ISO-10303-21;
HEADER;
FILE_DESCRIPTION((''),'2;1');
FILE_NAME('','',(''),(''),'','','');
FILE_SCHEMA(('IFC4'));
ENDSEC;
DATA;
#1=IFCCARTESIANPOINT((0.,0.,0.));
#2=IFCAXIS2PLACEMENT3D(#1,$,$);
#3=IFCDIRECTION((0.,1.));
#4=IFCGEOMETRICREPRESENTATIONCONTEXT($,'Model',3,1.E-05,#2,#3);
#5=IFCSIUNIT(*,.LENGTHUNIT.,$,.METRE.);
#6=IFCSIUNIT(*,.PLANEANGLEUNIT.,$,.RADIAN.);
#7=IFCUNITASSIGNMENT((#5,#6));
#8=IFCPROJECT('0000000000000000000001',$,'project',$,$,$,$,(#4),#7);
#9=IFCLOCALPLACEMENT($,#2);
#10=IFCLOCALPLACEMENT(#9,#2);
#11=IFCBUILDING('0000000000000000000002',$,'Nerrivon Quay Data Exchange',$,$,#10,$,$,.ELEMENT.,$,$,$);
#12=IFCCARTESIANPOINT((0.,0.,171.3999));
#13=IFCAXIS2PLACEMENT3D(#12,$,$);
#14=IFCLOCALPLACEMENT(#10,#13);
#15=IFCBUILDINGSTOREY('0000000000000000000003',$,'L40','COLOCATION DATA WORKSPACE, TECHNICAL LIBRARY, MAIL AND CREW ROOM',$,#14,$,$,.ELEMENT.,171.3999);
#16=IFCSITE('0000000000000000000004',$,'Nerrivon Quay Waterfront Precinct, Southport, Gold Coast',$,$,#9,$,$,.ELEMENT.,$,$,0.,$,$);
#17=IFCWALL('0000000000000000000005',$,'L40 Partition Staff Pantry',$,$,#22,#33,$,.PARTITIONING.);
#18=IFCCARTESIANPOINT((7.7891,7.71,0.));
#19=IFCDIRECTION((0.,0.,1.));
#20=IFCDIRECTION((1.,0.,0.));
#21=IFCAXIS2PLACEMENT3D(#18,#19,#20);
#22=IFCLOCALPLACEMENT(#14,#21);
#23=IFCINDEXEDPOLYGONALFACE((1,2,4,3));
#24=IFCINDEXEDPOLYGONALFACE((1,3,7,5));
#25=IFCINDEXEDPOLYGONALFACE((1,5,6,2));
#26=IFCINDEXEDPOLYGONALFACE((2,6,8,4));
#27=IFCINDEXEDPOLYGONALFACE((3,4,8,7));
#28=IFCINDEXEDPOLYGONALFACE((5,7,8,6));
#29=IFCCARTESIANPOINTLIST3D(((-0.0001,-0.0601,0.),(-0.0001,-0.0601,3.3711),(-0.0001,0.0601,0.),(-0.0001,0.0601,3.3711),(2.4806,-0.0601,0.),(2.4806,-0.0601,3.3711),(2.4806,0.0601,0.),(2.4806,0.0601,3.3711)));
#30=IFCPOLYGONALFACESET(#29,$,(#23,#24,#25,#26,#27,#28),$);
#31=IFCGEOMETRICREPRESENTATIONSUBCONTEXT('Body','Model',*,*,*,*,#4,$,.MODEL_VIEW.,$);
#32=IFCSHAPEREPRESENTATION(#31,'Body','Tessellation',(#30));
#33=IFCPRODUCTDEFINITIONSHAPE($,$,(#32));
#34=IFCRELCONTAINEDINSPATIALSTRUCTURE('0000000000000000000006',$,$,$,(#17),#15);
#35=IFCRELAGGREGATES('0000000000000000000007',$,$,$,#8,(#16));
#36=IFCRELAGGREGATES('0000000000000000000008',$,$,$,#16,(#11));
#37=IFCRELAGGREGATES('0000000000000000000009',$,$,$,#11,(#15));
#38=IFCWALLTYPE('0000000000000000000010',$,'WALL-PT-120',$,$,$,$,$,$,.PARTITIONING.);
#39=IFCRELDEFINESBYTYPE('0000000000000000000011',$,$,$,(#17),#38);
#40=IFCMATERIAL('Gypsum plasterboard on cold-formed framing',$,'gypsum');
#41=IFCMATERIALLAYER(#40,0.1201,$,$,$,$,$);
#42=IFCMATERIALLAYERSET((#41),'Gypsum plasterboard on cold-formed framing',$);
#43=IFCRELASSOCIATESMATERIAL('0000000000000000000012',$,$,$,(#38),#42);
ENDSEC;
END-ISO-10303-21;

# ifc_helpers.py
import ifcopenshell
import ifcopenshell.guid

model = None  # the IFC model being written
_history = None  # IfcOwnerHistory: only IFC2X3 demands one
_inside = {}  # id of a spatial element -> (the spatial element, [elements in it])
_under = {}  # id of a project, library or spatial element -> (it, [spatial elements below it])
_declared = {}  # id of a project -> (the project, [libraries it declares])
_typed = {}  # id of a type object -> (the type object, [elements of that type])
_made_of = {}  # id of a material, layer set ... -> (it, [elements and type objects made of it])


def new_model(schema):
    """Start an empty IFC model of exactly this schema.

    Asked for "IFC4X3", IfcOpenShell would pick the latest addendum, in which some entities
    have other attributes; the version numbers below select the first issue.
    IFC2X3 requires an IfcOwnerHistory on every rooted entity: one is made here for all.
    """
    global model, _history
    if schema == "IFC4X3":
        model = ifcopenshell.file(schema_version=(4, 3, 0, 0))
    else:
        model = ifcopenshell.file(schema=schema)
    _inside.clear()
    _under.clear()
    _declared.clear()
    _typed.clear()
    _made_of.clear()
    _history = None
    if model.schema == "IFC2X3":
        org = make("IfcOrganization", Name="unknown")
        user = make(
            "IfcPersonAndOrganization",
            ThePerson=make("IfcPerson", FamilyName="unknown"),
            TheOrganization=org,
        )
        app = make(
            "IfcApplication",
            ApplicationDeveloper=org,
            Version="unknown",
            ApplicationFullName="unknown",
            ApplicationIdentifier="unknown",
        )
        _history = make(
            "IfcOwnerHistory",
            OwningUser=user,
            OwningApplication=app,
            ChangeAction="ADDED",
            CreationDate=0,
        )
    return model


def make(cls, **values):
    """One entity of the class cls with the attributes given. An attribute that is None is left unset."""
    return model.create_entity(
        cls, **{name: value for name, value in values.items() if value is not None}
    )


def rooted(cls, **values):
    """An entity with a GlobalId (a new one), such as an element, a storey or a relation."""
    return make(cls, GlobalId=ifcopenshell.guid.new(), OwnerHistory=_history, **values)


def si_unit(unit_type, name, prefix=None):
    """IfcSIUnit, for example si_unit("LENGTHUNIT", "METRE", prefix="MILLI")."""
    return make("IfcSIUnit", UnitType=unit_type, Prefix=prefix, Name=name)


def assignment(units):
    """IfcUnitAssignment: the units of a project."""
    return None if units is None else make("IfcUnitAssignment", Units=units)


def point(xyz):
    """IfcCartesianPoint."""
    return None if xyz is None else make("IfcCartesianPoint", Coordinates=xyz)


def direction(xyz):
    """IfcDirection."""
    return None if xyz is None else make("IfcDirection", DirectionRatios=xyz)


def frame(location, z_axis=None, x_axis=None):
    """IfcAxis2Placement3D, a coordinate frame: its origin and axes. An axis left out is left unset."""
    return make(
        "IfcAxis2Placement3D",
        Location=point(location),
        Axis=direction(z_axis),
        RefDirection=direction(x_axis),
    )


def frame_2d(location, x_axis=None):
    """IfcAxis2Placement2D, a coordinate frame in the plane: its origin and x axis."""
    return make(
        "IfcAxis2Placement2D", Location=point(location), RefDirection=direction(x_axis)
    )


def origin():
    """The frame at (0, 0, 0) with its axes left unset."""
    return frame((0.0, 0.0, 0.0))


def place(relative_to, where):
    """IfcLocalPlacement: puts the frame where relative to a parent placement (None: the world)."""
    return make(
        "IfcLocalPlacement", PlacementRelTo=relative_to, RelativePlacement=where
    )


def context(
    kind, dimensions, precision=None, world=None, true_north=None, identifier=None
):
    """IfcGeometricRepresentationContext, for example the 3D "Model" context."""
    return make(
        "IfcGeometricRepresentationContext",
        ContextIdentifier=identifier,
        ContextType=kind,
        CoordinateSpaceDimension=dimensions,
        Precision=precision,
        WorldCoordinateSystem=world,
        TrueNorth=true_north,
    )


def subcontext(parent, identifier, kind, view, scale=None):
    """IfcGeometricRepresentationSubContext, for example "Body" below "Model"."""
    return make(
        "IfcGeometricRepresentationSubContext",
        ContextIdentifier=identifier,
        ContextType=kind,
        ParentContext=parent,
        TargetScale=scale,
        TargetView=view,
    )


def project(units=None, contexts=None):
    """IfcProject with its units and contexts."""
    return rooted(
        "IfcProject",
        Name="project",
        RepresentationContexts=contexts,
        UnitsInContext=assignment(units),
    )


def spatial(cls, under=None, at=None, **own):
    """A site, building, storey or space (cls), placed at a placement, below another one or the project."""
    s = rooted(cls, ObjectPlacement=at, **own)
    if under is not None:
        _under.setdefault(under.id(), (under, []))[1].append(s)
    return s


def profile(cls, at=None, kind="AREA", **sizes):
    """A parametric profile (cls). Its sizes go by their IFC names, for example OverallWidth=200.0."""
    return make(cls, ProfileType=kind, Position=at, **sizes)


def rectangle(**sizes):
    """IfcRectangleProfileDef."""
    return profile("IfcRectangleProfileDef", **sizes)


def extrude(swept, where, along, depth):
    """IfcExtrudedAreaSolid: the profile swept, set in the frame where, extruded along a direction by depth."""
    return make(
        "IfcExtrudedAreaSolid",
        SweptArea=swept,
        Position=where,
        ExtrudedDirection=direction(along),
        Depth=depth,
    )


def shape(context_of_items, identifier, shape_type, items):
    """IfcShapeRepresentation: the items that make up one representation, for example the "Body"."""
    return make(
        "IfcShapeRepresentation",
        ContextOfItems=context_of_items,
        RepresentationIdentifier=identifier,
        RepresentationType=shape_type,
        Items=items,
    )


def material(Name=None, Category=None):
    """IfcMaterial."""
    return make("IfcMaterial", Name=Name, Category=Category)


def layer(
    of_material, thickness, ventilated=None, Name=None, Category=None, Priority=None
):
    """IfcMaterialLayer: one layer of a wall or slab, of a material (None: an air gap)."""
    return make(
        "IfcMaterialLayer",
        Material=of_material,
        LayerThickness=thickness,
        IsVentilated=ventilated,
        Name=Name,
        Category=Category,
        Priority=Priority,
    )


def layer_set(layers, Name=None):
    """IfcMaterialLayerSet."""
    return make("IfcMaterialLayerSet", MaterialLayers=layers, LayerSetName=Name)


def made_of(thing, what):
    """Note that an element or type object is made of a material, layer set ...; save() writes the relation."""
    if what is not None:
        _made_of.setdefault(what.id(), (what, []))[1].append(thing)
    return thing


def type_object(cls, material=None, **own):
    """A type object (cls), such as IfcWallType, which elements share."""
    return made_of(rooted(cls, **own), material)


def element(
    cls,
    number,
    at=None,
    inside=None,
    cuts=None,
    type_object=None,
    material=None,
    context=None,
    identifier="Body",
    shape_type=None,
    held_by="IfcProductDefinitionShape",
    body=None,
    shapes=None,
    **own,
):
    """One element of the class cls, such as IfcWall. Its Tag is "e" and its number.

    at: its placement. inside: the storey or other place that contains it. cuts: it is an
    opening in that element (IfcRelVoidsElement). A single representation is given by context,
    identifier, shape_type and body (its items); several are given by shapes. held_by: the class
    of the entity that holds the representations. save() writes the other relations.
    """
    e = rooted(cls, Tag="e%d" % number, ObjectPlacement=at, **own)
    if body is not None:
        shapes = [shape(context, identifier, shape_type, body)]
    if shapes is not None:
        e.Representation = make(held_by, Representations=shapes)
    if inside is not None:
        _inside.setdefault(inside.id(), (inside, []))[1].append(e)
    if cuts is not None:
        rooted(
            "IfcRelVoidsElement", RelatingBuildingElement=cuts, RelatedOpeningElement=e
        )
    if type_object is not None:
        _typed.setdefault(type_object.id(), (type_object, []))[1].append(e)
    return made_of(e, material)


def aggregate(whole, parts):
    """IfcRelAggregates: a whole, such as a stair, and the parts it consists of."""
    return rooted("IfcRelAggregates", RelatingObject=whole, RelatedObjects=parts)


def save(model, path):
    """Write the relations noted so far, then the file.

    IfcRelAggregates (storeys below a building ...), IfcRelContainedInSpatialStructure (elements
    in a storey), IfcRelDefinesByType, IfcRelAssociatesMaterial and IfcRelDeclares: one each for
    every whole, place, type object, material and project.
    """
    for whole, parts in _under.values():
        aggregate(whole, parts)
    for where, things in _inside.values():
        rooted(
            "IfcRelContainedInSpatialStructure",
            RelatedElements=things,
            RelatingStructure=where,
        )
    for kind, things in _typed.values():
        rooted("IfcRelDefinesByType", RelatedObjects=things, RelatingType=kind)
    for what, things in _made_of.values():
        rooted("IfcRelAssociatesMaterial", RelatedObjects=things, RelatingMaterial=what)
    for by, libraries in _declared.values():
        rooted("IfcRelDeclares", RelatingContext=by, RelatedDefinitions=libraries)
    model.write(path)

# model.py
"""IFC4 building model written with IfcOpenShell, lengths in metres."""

from ifc_helpers import new_model, si_unit, direction, frame, frame_2d, origin, place, context, subcontext, project, spatial, rectangle, extrude, material, layer, layer_set, type_object, element, save


model = new_model("IFC4")

# Units and contexts
model_context = context("Model", 3, precision=1e-05, world=origin(), true_north=direction((0.0, 1.0)))
body_context = subcontext(model_context, "Body", "Model", "MODEL_VIEW")
ifc_project = project(units=[si_unit("LENGTHUNIT", "METRE"), si_unit("PLANEANGLEUNIT", "RADIAN")], contexts=[model_context])

# Site, building, storey
site_placement = place(None, origin())
site = spatial("IfcSite", under=ifc_project, at=site_placement, Name="Nerrivon Quay Waterfront Precinct, Southport, Gold Coast", CompositionType="ELEMENT", RefElevation=0.0)
building_placement = place(site_placement, origin())
building = spatial("IfcBuilding", under=site, at=building_placement, Name="Nerrivon Quay Data Exchange", CompositionType="ELEMENT")
storey_placement = place(building_placement, frame((0.0, 0.0, 171.3999)))
storey = spatial("IfcBuildingStorey", under=building, at=storey_placement, Name="L40", Description="COLOCATION DATA WORKSPACE, TECHNICAL LIBRARY, MAIL AND CREW ROOM", CompositionType="ELEMENT", Elevation=171.3999)

# Shared definitions
ifc_material_1 = material(Name="Gypsum plasterboard on cold-formed framing", Category="gypsum")
ifc_layer_1 = layer(ifc_material_1, 0.1201)
ifc_layer_set_1 = layer_set([ifc_layer_1], Name="Gypsum plasterboard on cold-formed framing")
wall_type_1 = type_object("IfcWallType", Name="WALL-PT-120", PredefinedType="PARTITIONING", material=ifc_layer_set_1)

# Wall
wall_1_placement = place(storey_placement, frame((7.7891, 7.71, 0.0), z_axis=(0.0, 0.0, 1.0), x_axis=(1.0, 0.0, 0.0)))
element("IfcWall", 1, at=wall_1_placement, inside=storey, type_object=wall_type_1, Name="L40 Partition Staff Pantry", PredefinedType="PARTITIONING", context=body_context, shape_type="SweptSolid", body=[
    extrude(rectangle(XDim=2.4807, YDim=0.1201, at=frame_2d((1.2402, 0.0))), origin(), (0.0, 0.0, 1.0), 3.3711),
])

save(model, "model.ifc")
